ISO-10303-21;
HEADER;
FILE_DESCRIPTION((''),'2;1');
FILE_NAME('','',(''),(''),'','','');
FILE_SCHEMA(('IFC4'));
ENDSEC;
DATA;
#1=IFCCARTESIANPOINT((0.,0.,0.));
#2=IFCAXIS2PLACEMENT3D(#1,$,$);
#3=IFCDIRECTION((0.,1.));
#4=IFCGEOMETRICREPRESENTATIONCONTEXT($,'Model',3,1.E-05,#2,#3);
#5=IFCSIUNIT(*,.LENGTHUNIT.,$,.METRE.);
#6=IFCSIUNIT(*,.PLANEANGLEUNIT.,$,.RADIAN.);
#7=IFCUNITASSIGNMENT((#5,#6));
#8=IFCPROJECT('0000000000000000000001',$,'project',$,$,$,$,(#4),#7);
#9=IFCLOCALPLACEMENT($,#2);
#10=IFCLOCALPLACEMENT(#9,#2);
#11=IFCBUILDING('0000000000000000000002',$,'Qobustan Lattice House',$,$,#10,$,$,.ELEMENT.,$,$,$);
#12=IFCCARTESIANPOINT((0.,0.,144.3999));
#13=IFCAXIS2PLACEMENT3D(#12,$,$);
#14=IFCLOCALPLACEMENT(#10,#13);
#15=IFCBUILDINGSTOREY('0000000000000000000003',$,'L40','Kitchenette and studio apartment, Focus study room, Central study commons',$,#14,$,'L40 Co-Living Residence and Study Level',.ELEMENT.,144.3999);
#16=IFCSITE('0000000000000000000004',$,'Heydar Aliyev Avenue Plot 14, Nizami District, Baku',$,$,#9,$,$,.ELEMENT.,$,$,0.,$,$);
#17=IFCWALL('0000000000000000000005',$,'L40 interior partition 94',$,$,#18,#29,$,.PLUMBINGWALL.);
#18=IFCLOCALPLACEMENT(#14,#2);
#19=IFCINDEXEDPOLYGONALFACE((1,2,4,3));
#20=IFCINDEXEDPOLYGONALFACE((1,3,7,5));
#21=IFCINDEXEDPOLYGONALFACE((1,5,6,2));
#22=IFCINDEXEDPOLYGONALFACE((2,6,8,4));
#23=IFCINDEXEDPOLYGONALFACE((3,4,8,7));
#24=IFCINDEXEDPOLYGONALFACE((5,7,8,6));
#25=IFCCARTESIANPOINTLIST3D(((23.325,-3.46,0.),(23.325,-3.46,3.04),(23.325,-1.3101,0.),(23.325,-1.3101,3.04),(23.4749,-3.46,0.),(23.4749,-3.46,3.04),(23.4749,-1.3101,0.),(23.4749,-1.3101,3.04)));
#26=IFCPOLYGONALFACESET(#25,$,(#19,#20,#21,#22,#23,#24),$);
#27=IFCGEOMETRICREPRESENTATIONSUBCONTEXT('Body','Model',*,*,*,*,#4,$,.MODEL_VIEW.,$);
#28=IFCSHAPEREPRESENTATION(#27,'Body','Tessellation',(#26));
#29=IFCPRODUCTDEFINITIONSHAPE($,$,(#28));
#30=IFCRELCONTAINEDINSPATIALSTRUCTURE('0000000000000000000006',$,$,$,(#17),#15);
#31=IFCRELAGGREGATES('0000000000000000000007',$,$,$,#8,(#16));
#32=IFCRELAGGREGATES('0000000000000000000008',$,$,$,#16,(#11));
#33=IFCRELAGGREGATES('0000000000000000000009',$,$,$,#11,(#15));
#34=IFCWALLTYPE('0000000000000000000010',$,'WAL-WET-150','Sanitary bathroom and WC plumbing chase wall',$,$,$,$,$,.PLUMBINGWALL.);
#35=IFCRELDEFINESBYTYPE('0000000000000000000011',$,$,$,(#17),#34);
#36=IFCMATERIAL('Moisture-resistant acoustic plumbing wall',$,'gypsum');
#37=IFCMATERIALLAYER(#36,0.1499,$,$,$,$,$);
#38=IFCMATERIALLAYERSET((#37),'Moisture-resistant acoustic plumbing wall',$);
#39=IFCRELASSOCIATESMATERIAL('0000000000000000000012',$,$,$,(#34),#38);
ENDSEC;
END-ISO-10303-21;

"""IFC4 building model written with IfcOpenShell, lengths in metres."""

from ifc_helpers import new_model, si_unit, direction, frame, frame_2d, origin, place, context, subcontext, project, spatial, rectangle, extrude, material, layer, layer_set, type_object, element, save


model = new_model("IFC4")

# Units and contexts
model_context = context("Model", 3, precision=1e-05, world=origin(), true_north=direction((0.0, 1.0)))
body_context = subcontext(model_context, "Body", "Model", "MODEL_VIEW")
ifc_project = project(units=[si_unit("LENGTHUNIT", "METRE"), si_unit("PLANEANGLEUNIT", "RADIAN")], contexts=[model_context])

# Site, building, storey
site_placement = place(None, origin())
site = spatial("IfcSite", under=ifc_project, at=site_placement, Name="Heydar Aliyev Avenue Plot 14, Nizami District, Baku", CompositionType="ELEMENT", RefElevation=0.0)
building_placement = place(site_placement, origin())
building = spatial("IfcBuilding", under=site, at=building_placement, Name="Qobustan Lattice House", CompositionType="ELEMENT")
storey_placement = place(building_placement, frame((0.0, 0.0, 144.3999)))
storey = spatial("IfcBuildingStorey", under=building, at=storey_placement, Name="L40", Description="Kitchenette and studio apartment, Focus study room, Central study commons", LongName="L40 Co-Living Residence and Study Level", CompositionType="ELEMENT", Elevation=144.3999)

# Shared definitions
ifc_material_1 = material(Name="Moisture-resistant acoustic plumbing wall", Category="gypsum")
ifc_layer_1 = layer(ifc_material_1, 0.1499)
ifc_layer_set_1 = layer_set([ifc_layer_1], Name="Moisture-resistant acoustic plumbing wall")
wall_type_1 = type_object("IfcWallType", Name="WAL-WET-150", Description="Sanitary bathroom and WC plumbing chase wall", PredefinedType="PLUMBINGWALL", material=ifc_layer_set_1)

# Wall
wall_1_placement = place(storey_placement, frame((23.3999, -3.46, 0.0), z_axis=(0.0, 0.0, 1.0), x_axis=(0.0, 1.0, 0.0)))
element("IfcWall", 1, at=wall_1_placement, inside=storey, type_object=wall_type_1, Name="L40 interior partition 94", PredefinedType="PLUMBINGWALL", context=body_context, shape_type="SweptSolid", body=[
    extrude(rectangle(XDim=2.1499, YDim=0.1499, at=frame_2d((1.075, 0.0))), origin(), (0.0, 0.0, 1.0), 3.04),
])

save(model, "model.ifc")
